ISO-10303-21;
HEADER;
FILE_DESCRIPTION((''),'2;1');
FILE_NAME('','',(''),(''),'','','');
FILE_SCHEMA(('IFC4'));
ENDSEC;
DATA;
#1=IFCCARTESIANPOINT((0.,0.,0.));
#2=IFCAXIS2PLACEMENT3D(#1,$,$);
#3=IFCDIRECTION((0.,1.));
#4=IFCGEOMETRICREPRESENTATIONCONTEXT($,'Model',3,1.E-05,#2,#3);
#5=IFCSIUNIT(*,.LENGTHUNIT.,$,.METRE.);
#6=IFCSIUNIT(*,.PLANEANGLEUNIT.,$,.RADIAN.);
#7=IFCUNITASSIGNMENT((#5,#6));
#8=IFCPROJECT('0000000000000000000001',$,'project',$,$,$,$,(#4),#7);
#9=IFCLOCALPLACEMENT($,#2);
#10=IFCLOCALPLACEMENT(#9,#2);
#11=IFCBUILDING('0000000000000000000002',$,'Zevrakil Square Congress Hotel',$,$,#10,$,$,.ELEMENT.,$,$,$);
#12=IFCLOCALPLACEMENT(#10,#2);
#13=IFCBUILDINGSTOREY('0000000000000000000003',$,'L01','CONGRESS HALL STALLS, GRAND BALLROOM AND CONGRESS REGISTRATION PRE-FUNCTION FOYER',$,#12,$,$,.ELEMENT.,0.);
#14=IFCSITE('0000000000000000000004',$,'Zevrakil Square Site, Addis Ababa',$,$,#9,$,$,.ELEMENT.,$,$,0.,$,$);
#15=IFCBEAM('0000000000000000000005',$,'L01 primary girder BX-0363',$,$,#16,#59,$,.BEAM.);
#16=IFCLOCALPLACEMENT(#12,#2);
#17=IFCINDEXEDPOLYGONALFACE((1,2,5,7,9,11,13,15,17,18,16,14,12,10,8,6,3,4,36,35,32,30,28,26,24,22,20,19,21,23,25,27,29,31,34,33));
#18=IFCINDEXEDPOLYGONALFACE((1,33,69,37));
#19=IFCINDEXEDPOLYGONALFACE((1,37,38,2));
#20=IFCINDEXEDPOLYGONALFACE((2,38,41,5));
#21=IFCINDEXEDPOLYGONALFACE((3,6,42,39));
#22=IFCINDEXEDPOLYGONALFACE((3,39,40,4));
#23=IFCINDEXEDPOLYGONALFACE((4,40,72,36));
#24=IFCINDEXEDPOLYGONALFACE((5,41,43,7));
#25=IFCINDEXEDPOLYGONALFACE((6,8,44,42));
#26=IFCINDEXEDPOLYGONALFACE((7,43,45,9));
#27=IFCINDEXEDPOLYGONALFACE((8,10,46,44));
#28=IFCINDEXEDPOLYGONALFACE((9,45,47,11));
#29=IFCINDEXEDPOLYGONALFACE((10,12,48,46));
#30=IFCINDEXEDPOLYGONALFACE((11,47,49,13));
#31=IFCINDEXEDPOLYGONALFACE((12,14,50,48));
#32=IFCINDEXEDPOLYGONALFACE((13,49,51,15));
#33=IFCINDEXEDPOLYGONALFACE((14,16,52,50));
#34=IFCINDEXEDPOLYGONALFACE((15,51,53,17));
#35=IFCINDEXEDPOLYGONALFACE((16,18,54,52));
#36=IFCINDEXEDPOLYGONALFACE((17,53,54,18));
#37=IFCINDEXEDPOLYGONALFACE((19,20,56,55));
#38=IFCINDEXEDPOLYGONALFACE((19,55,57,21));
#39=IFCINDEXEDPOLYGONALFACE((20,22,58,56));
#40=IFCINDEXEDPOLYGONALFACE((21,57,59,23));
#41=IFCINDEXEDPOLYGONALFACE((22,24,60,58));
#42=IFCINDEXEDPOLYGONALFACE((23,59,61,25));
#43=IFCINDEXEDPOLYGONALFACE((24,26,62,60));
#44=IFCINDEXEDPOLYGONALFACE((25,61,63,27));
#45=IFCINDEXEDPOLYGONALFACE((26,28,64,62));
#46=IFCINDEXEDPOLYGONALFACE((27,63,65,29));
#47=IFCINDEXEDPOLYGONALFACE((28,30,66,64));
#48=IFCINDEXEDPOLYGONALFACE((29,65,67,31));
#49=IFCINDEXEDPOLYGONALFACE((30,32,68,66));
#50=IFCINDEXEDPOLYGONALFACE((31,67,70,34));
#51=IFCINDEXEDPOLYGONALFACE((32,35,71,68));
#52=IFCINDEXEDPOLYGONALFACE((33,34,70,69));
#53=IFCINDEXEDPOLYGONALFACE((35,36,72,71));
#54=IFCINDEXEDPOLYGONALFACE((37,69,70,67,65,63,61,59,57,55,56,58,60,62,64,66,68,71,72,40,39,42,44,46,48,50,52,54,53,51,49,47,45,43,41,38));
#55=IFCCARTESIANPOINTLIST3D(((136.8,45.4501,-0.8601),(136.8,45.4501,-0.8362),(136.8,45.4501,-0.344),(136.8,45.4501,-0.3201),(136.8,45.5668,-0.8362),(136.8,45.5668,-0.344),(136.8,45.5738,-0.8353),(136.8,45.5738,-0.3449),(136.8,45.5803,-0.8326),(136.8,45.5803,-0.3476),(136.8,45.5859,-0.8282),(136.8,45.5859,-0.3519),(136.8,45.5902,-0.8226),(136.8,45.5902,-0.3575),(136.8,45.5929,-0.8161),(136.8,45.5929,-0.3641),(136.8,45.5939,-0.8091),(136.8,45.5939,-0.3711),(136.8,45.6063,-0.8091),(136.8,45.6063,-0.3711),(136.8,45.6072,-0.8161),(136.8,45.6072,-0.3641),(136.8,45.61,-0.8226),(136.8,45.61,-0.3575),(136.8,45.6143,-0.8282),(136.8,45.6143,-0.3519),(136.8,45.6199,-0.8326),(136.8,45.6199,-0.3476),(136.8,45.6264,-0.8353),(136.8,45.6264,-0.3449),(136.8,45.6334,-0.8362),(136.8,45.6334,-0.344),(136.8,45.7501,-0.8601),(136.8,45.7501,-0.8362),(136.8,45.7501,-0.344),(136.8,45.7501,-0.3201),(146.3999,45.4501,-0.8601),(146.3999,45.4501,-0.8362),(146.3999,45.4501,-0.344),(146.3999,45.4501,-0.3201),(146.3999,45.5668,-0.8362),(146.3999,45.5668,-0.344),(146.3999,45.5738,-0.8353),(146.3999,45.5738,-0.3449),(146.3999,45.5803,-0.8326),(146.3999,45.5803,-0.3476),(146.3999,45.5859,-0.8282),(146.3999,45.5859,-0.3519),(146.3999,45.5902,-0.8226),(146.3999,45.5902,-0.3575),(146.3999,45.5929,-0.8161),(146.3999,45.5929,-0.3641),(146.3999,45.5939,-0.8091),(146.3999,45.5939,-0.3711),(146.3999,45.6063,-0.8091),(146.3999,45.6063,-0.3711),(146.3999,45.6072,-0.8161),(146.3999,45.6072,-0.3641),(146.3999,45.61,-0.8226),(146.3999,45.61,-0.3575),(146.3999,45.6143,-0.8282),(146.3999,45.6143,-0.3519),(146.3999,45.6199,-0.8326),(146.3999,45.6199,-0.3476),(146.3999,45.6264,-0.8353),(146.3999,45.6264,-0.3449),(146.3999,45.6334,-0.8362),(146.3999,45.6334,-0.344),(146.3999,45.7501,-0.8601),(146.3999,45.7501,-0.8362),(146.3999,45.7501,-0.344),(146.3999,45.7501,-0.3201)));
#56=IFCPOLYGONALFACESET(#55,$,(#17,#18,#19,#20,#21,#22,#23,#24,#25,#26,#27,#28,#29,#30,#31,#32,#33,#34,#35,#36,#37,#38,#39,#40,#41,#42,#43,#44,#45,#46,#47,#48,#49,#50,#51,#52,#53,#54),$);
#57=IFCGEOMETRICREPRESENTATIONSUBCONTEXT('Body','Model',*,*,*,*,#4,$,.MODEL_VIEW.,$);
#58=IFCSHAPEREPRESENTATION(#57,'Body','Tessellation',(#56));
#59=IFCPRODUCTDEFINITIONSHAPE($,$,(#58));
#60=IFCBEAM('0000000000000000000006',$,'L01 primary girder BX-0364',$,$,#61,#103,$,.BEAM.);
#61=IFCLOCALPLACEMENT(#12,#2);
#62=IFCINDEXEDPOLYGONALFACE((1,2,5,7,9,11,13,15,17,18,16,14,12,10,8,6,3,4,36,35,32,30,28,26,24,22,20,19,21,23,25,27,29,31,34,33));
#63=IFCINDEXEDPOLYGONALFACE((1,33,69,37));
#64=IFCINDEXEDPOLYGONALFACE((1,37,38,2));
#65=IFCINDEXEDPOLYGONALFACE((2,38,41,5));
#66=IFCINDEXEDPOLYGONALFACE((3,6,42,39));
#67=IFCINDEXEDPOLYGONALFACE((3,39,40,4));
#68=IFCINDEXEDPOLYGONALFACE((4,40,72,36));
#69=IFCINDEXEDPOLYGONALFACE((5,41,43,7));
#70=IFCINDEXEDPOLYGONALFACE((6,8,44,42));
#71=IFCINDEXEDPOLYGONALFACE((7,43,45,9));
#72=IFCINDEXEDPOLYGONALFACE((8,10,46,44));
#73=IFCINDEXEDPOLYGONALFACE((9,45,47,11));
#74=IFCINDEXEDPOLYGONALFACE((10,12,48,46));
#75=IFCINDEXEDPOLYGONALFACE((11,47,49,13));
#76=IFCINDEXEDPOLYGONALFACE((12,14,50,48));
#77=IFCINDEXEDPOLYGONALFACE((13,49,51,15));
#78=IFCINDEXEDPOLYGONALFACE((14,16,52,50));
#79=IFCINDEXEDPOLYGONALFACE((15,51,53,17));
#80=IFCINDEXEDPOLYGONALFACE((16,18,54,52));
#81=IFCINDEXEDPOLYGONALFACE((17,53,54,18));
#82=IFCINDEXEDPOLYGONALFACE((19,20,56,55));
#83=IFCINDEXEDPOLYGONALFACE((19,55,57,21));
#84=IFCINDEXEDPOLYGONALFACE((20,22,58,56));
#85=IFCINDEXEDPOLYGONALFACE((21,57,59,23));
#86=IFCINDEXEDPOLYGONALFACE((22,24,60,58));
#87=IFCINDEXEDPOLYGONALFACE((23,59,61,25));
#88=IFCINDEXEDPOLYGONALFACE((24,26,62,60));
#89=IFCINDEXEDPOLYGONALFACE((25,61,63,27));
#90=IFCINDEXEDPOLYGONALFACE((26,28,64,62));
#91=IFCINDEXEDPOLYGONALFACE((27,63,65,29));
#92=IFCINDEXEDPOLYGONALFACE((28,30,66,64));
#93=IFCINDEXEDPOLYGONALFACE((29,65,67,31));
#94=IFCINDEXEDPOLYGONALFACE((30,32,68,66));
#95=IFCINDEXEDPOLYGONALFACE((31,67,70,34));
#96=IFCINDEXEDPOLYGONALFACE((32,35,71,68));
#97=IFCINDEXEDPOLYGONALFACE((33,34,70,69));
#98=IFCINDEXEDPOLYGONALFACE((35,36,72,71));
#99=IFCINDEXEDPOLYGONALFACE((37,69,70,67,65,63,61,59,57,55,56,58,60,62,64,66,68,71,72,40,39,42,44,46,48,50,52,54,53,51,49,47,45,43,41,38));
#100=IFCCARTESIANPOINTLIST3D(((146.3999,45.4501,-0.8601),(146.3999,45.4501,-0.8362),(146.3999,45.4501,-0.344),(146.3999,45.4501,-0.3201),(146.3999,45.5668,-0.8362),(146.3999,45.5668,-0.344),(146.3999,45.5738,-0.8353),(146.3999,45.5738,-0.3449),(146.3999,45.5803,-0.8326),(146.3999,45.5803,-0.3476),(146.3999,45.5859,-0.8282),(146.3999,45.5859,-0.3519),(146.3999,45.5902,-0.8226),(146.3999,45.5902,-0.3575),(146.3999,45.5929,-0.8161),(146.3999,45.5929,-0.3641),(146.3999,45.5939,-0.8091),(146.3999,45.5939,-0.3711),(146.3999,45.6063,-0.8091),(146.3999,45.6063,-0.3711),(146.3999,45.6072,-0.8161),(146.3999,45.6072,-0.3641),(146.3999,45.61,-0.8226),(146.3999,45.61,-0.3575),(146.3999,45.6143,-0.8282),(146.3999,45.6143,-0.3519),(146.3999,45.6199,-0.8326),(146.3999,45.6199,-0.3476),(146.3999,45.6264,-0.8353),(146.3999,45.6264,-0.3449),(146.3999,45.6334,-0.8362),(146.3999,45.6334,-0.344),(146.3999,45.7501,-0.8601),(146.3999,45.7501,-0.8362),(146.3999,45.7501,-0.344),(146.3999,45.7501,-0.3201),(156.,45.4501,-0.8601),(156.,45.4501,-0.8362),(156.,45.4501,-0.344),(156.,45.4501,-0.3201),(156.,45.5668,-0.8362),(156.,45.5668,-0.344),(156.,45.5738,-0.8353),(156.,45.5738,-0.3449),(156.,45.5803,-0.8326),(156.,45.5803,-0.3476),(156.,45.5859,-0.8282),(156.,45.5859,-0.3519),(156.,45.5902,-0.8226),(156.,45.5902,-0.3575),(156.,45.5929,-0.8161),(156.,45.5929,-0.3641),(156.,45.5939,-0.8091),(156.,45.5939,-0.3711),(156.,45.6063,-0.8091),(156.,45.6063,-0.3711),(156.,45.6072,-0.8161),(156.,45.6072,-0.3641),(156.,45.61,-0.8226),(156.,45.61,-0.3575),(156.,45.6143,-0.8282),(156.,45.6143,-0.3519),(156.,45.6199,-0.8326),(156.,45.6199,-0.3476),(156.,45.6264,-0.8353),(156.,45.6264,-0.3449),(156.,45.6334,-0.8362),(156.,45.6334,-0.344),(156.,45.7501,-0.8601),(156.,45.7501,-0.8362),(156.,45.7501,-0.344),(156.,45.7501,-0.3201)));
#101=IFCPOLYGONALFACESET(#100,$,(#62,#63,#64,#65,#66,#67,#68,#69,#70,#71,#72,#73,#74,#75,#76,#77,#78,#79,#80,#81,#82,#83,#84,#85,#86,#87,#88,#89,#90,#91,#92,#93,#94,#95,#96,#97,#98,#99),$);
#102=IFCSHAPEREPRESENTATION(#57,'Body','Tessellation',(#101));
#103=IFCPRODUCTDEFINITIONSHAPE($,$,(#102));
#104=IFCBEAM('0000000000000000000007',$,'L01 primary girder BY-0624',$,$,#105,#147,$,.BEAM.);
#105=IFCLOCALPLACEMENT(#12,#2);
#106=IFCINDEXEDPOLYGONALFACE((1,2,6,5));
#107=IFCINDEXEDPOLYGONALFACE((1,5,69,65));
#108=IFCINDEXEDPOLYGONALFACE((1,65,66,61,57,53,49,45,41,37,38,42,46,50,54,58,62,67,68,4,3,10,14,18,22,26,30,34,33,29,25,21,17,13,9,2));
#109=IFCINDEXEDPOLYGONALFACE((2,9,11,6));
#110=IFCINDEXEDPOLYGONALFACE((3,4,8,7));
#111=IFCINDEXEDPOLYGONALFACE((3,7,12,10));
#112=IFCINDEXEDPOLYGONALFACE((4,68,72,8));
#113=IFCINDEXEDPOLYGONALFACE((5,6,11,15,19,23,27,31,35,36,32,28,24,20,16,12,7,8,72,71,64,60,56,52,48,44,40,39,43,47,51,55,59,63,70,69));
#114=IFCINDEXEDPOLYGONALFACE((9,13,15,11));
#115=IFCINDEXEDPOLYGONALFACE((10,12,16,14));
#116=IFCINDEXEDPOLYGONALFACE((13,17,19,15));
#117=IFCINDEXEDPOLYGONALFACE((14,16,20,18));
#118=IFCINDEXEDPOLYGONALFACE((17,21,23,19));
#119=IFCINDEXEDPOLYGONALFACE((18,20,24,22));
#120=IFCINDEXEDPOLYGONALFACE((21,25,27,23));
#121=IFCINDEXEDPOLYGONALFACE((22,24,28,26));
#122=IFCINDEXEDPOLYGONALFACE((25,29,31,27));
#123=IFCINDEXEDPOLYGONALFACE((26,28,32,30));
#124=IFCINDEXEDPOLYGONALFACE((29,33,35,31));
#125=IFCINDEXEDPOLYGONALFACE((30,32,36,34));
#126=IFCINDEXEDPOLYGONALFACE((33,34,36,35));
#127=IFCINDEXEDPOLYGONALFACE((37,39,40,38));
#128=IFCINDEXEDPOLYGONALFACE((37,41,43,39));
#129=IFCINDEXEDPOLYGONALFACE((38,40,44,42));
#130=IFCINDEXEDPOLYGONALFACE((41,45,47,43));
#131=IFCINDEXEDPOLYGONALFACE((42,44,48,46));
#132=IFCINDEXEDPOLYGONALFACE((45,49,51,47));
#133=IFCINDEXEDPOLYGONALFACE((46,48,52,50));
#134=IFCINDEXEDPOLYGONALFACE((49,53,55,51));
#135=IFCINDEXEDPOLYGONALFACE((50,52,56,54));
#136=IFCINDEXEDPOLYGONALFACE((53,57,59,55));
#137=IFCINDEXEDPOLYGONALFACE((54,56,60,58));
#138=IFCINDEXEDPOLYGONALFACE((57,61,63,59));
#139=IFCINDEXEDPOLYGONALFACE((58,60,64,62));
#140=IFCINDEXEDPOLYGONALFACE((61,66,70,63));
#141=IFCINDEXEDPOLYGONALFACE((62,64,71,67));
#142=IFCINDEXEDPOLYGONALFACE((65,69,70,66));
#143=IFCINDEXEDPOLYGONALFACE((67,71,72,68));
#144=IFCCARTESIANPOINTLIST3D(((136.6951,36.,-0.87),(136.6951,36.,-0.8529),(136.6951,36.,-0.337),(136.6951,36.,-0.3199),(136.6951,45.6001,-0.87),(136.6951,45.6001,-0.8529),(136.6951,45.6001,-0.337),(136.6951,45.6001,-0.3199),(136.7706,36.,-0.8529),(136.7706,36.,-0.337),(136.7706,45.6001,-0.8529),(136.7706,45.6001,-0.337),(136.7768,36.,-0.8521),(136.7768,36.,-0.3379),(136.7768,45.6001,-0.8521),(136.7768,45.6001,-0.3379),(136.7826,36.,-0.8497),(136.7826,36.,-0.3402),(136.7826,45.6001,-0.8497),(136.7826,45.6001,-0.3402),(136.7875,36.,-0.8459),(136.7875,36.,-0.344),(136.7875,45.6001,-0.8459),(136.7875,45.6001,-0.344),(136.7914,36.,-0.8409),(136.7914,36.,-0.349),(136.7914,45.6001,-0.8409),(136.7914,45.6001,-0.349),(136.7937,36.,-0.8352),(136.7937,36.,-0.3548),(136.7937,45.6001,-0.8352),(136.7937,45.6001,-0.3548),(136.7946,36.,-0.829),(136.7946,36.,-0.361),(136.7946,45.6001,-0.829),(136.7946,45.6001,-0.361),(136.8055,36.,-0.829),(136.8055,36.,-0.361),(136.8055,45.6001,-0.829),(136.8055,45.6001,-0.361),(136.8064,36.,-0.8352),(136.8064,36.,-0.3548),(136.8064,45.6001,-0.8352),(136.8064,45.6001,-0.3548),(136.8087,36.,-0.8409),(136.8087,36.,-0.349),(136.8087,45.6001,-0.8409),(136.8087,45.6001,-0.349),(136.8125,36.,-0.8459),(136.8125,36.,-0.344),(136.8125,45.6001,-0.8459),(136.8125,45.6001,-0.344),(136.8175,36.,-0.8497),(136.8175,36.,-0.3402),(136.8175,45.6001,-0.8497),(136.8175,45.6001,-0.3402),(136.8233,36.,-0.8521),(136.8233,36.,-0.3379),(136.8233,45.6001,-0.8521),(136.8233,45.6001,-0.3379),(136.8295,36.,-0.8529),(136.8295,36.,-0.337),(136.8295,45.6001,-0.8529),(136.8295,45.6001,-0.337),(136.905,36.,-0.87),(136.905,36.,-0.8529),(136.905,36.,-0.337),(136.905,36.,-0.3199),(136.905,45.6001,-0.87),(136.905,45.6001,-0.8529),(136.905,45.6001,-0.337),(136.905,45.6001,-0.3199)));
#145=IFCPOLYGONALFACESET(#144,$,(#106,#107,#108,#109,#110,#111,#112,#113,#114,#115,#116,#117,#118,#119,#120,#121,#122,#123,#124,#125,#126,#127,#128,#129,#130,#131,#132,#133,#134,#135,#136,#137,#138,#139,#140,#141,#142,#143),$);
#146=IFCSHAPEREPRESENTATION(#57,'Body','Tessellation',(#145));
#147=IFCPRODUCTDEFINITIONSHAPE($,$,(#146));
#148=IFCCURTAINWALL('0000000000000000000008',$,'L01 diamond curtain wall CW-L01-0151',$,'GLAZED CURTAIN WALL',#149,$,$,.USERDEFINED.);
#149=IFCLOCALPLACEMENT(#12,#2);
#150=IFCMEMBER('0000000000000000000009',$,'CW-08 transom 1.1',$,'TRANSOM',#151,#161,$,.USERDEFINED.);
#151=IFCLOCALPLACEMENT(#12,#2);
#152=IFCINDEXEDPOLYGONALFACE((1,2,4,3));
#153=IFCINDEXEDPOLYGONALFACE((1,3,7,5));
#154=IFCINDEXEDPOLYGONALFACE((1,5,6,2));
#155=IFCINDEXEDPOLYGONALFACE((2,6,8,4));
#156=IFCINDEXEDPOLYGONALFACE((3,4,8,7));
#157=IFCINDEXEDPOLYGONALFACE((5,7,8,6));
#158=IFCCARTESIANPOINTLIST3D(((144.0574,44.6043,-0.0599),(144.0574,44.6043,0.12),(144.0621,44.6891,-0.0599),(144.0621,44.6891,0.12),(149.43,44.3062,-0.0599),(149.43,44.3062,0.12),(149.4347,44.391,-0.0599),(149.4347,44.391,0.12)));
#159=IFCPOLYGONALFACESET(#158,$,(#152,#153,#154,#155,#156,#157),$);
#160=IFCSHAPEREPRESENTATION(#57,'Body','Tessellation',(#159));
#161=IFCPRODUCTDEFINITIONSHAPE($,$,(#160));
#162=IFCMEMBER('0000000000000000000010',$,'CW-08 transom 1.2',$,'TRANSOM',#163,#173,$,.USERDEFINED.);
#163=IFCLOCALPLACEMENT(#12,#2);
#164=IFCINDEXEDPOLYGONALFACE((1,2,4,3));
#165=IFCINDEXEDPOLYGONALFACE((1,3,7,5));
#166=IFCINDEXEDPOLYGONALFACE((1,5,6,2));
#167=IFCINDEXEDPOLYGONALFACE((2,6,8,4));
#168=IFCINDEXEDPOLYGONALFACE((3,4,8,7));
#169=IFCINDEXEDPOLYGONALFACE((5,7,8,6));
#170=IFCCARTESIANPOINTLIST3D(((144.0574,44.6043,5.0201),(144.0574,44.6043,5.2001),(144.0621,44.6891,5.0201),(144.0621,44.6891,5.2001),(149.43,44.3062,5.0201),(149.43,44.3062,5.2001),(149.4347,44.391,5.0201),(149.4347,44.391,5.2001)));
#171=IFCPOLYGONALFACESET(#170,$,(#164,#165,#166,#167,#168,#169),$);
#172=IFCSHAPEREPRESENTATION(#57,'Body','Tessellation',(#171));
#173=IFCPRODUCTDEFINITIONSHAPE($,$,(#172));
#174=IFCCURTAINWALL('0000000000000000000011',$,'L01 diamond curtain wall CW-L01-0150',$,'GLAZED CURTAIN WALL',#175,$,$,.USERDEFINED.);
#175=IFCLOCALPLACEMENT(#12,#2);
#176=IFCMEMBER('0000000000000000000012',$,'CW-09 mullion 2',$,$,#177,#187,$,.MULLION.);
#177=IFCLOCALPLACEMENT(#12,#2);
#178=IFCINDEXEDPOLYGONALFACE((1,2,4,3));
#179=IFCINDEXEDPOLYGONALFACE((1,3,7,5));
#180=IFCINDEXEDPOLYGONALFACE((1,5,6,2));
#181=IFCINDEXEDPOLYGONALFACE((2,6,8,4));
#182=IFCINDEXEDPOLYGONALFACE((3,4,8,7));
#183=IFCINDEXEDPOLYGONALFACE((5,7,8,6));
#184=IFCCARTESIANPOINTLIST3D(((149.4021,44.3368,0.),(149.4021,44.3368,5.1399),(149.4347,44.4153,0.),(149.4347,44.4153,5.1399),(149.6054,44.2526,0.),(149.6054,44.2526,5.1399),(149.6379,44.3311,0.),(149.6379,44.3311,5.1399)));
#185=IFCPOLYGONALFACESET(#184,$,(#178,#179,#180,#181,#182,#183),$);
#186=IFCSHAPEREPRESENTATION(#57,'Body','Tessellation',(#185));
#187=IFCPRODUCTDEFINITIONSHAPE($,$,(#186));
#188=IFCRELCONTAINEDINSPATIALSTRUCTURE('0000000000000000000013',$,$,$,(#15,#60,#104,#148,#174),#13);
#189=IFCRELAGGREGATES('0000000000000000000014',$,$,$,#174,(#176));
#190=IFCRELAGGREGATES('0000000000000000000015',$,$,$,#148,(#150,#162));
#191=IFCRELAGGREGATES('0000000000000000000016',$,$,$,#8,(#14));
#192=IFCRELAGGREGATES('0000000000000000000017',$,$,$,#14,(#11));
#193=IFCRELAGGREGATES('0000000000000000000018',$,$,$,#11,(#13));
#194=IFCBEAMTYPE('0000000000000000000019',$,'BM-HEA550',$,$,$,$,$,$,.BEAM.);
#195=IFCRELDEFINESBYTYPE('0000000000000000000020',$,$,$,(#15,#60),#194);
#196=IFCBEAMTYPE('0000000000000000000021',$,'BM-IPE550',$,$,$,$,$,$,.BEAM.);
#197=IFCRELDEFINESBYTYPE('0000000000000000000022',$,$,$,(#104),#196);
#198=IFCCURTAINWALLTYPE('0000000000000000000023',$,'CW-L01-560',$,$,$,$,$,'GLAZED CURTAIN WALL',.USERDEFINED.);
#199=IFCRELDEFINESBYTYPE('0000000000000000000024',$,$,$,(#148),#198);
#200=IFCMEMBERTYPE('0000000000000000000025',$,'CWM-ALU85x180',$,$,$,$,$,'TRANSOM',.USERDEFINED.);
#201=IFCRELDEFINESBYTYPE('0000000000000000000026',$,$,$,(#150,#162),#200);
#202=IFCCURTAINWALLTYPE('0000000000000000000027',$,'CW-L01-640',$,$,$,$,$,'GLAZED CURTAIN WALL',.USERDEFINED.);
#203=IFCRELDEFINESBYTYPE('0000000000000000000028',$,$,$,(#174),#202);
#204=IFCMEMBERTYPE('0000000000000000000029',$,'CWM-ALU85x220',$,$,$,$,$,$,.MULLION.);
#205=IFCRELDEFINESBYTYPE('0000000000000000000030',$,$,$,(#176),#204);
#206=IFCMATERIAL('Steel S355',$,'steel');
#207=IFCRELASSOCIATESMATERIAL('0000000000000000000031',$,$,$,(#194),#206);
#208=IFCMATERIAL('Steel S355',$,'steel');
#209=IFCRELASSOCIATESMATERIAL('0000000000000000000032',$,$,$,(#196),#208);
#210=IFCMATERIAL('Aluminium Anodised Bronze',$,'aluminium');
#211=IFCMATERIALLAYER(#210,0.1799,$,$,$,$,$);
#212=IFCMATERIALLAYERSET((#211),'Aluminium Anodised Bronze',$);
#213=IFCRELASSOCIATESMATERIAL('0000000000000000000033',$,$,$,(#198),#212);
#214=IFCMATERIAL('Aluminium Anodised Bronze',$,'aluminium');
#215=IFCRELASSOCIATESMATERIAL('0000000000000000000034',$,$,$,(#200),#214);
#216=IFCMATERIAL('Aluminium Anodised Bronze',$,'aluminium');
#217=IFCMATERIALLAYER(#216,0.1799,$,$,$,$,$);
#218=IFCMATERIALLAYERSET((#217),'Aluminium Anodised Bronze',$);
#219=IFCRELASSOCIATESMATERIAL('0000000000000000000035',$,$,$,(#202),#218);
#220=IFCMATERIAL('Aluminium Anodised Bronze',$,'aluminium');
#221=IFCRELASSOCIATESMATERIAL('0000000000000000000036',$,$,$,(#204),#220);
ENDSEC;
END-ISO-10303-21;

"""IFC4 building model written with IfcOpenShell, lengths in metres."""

from ifc_helpers import new_model, si_unit, direction, frame, origin, origin_2d, place, context, subcontext, project, spatial, rectangle, i_section, extrude, material, layer, layer_set, material_profile, profile_set, type_object, element, aggregate, save


model = new_model("IFC4")

# Units and contexts
model_context = context("Model", 3, precision=1e-05, world=origin(), true_north=direction((0.0, 1.0)))
body_context = subcontext(model_context, "Body", "Model", "MODEL_VIEW")
ifc_project = project(units=[si_unit("LENGTHUNIT", "METRE"), si_unit("PLANEANGLEUNIT", "RADIAN")], contexts=[model_context])

# Site, building, storey
site_placement = place(None, origin())
site = spatial("IfcSite", under=ifc_project, at=site_placement, Name="Zevrakil Square Site, Addis Ababa", CompositionType="ELEMENT", RefElevation=0.0)
building_placement = place(site_placement, origin())
building = spatial("IfcBuilding", under=site, at=building_placement, Name="Zevrakil Square Congress Hotel", CompositionType="ELEMENT")
storey_placement = place(building_placement, origin())
storey = spatial("IfcBuildingStorey", under=building, at=storey_placement, Name="L01", Description="CONGRESS HALL STALLS, GRAND BALLROOM AND CONGRESS REGISTRATION PRE-FUNCTION FOYER", CompositionType="ELEMENT", Elevation=0.0)

# Beams
ifc_material_1 = material(Name="Steel S355", Category="steel")
ifc_material_profile_1 = material_profile(ifc_material_1, i_section(OverallWidth=0.3, OverallDepth=0.54, WebThickness=0.0125, FlangeThickness=0.0239, FilletRadius=0.0271, at=origin_2d()), Name="HEA 550")
ifc_profile_set_1 = profile_set([ifc_material_profile_1], Name="Steel S355")
beam_type_1 = type_object("IfcBeamType", Name="BM-HEA550", PredefinedType="BEAM", material=ifc_profile_set_1)
beam_1_placement = place(storey_placement, frame((136.8, 45.6001, -0.5901), z_axis=(1.0, 0.0, 0.0), x_axis=(0.0, 1.0, 0.0)))
element("IfcBeam", 1, at=beam_1_placement, inside=storey, type_object=beam_type_1, Name="L01 primary girder BX-0363", PredefinedType="BEAM", context=body_context, shape_type="SweptSolid", body=[
    extrude(i_section(OverallWidth=0.3, OverallDepth=0.54, WebThickness=0.0125, FlangeThickness=0.0239, FilletRadius=0.0271, at=origin_2d()), origin(), (0.0, 0.0, 1.0), 9.5999),
])
beam_2_placement = place(storey_placement, frame((146.3999, 45.6001, -0.5901), z_axis=(1.0, 0.0, 0.0), x_axis=(0.0, 1.0, 0.0)))
element("IfcBeam", 2, at=beam_2_placement, inside=storey, type_object=beam_type_1, Name="L01 primary girder BX-0364", PredefinedType="BEAM", context=body_context, shape_type="SweptSolid", body=[
    extrude(i_section(OverallWidth=0.3, OverallDepth=0.54, WebThickness=0.0125, FlangeThickness=0.0239, FilletRadius=0.0271, at=origin_2d()), origin(), (0.0, 0.0, 1.0), 9.6001),
])
ifc_material_2 = material(Name="Steel S355", Category="steel")
ifc_material_profile_2 = material_profile(ifc_material_2, i_section(OverallWidth=0.21, OverallDepth=0.55, WebThickness=0.011, FlangeThickness=0.0171, FilletRadius=0.0239, at=origin_2d()), Name="IPE 550")
ifc_profile_set_2 = profile_set([ifc_material_profile_2], Name="Steel S355")
beam_type_2 = type_object("IfcBeamType", Name="BM-IPE550", PredefinedType="BEAM", material=ifc_profile_set_2)
beam_3_placement = place(storey_placement, frame((136.8, 36.0, -0.595), z_axis=(0.0, 1.0, 0.0), x_axis=(-1.0, 0.0, 0.0)))
element("IfcBeam", 3, at=beam_3_placement, inside=storey, type_object=beam_type_2, Name="L01 primary girder BY-0624", PredefinedType="BEAM", context=body_context, shape_type="SweptSolid", body=[
    extrude(i_section(OverallWidth=0.21, OverallDepth=0.55, WebThickness=0.011, FlangeThickness=0.0171, FilletRadius=0.0239, at=origin_2d()), origin(), (0.0, 0.0, 1.0), 9.6001),
])

# Curtain wall, members
ifc_material_3 = material(Name="Aluminium Anodised Bronze", Category="aluminium")
ifc_layer_1 = layer(ifc_material_3, 0.1799)
ifc_layer_set_1 = layer_set([ifc_layer_1], Name="Aluminium Anodised Bronze")
curtain_wall_type_1 = type_object("IfcCurtainWallType", Name="CW-L01-560", ElementType="GLAZED CURTAIN WALL", PredefinedType="USERDEFINED", material=ifc_layer_set_1)
curtain_wall_1_placement = place(storey_placement, origin())
curtain_wall_1 = element("IfcCurtainWall", 4, at=curtain_wall_1_placement, inside=storey, type_object=curtain_wall_type_1, Name="L01 diamond curtain wall CW-L01-0151", ObjectType="GLAZED CURTAIN WALL", PredefinedType="USERDEFINED")
ifc_material_4 = material(Name="Aluminium Anodised Bronze", Category="aluminium")
ifc_material_profile_3 = material_profile(ifc_material_4, rectangle(XDim=0.085, YDim=0.1799, at=origin_2d()), Name="ALU 85x180")
ifc_profile_set_3 = profile_set([ifc_material_profile_3], Name="Aluminium Anodised Bronze")
member_type_1 = type_object("IfcMemberType", Name="CWM-ALU85x180", ElementType="TRANSOM", PredefinedType="USERDEFINED", material=ifc_profile_set_3)
member_1_placement = place(storey_placement, frame((149.4324, 44.3486, 0.03), z_axis=(-0.998464, 0.0554, 0.0), x_axis=(-0.0554, -0.998464, 0.0)))
member_1 = element("IfcMember", 5, at=member_1_placement, type_object=member_type_1, Name="CW-08 transom 1.1", ObjectType="TRANSOM", PredefinedType="USERDEFINED", context=body_context, shape_type="SweptSolid", body=[
    extrude(rectangle(XDim=0.085, YDim=0.1799, at=origin_2d()), origin(), (0.0, 0.0, 1.0), 5.3809),
])
member_2_placement = place(storey_placement, frame((149.4324, 44.3486, 5.1101), z_axis=(-0.998464, 0.0554, 0.0), x_axis=(-0.0554, -0.998464, 0.0)))
member_2 = element("IfcMember", 6, at=member_2_placement, type_object=member_type_1, Name="CW-08 transom 1.2", ObjectType="TRANSOM", PredefinedType="USERDEFINED", context=body_context, shape_type="SweptSolid", body=[
    extrude(rectangle(XDim=0.085, YDim=0.1799, at=origin_2d()), origin(), (0.0, 0.0, 1.0), 5.3809),
])

# Curtain wall, member
ifc_material_5 = material(Name="Aluminium Anodised Bronze", Category="aluminium")
ifc_layer_2 = layer(ifc_material_5, 0.1799)
ifc_layer_set_2 = layer_set([ifc_layer_2], Name="Aluminium Anodised Bronze")
curtain_wall_type_2 = type_object("IfcCurtainWallType", Name="CW-L01-640", ElementType="GLAZED CURTAIN WALL", PredefinedType="USERDEFINED", material=ifc_layer_set_2)
curtain_wall_2_placement = place(storey_placement, origin())
curtain_wall_2 = element("IfcCurtainWall", 7, at=curtain_wall_2_placement, inside=storey, type_object=curtain_wall_type_2, Name="L01 diamond curtain wall CW-L01-0150", ObjectType="GLAZED CURTAIN WALL", PredefinedType="USERDEFINED")
ifc_material_6 = material(Name="Aluminium Anodised Bronze", Category="aluminium")
ifc_material_profile_4 = material_profile(ifc_material_6, rectangle(XDim=0.085, YDim=0.22, at=origin_2d()), Name="ALU 85x220")
ifc_profile_set_4 = profile_set([ifc_material_profile_4], Name="Aluminium Anodised Bronze")
member_type_2 = type_object("IfcMemberType", Name="CWM-ALU85x220", PredefinedType="MULLION", material=ifc_profile_set_4)
member_3_placement = place(storey_placement, frame((149.52, 44.334, 0.0), z_axis=(0.0, 0.0, 1.0), x_axis=(-0.382676, -0.923882, 0.0)))
member_3 = element("IfcMember", 8, at=member_3_placement, type_object=member_type_2, Name="CW-09 mullion 2", PredefinedType="MULLION", context=body_context, shape_type="SweptSolid", body=[
    extrude(rectangle(XDim=0.085, YDim=0.22, at=origin_2d()), origin(), (0.0, 0.0, 1.0), 5.1399),
])
aggregate(curtain_wall_2, [member_3])

aggregate(curtain_wall_1, [member_1, member_2])

save(model, "model.ifc")
